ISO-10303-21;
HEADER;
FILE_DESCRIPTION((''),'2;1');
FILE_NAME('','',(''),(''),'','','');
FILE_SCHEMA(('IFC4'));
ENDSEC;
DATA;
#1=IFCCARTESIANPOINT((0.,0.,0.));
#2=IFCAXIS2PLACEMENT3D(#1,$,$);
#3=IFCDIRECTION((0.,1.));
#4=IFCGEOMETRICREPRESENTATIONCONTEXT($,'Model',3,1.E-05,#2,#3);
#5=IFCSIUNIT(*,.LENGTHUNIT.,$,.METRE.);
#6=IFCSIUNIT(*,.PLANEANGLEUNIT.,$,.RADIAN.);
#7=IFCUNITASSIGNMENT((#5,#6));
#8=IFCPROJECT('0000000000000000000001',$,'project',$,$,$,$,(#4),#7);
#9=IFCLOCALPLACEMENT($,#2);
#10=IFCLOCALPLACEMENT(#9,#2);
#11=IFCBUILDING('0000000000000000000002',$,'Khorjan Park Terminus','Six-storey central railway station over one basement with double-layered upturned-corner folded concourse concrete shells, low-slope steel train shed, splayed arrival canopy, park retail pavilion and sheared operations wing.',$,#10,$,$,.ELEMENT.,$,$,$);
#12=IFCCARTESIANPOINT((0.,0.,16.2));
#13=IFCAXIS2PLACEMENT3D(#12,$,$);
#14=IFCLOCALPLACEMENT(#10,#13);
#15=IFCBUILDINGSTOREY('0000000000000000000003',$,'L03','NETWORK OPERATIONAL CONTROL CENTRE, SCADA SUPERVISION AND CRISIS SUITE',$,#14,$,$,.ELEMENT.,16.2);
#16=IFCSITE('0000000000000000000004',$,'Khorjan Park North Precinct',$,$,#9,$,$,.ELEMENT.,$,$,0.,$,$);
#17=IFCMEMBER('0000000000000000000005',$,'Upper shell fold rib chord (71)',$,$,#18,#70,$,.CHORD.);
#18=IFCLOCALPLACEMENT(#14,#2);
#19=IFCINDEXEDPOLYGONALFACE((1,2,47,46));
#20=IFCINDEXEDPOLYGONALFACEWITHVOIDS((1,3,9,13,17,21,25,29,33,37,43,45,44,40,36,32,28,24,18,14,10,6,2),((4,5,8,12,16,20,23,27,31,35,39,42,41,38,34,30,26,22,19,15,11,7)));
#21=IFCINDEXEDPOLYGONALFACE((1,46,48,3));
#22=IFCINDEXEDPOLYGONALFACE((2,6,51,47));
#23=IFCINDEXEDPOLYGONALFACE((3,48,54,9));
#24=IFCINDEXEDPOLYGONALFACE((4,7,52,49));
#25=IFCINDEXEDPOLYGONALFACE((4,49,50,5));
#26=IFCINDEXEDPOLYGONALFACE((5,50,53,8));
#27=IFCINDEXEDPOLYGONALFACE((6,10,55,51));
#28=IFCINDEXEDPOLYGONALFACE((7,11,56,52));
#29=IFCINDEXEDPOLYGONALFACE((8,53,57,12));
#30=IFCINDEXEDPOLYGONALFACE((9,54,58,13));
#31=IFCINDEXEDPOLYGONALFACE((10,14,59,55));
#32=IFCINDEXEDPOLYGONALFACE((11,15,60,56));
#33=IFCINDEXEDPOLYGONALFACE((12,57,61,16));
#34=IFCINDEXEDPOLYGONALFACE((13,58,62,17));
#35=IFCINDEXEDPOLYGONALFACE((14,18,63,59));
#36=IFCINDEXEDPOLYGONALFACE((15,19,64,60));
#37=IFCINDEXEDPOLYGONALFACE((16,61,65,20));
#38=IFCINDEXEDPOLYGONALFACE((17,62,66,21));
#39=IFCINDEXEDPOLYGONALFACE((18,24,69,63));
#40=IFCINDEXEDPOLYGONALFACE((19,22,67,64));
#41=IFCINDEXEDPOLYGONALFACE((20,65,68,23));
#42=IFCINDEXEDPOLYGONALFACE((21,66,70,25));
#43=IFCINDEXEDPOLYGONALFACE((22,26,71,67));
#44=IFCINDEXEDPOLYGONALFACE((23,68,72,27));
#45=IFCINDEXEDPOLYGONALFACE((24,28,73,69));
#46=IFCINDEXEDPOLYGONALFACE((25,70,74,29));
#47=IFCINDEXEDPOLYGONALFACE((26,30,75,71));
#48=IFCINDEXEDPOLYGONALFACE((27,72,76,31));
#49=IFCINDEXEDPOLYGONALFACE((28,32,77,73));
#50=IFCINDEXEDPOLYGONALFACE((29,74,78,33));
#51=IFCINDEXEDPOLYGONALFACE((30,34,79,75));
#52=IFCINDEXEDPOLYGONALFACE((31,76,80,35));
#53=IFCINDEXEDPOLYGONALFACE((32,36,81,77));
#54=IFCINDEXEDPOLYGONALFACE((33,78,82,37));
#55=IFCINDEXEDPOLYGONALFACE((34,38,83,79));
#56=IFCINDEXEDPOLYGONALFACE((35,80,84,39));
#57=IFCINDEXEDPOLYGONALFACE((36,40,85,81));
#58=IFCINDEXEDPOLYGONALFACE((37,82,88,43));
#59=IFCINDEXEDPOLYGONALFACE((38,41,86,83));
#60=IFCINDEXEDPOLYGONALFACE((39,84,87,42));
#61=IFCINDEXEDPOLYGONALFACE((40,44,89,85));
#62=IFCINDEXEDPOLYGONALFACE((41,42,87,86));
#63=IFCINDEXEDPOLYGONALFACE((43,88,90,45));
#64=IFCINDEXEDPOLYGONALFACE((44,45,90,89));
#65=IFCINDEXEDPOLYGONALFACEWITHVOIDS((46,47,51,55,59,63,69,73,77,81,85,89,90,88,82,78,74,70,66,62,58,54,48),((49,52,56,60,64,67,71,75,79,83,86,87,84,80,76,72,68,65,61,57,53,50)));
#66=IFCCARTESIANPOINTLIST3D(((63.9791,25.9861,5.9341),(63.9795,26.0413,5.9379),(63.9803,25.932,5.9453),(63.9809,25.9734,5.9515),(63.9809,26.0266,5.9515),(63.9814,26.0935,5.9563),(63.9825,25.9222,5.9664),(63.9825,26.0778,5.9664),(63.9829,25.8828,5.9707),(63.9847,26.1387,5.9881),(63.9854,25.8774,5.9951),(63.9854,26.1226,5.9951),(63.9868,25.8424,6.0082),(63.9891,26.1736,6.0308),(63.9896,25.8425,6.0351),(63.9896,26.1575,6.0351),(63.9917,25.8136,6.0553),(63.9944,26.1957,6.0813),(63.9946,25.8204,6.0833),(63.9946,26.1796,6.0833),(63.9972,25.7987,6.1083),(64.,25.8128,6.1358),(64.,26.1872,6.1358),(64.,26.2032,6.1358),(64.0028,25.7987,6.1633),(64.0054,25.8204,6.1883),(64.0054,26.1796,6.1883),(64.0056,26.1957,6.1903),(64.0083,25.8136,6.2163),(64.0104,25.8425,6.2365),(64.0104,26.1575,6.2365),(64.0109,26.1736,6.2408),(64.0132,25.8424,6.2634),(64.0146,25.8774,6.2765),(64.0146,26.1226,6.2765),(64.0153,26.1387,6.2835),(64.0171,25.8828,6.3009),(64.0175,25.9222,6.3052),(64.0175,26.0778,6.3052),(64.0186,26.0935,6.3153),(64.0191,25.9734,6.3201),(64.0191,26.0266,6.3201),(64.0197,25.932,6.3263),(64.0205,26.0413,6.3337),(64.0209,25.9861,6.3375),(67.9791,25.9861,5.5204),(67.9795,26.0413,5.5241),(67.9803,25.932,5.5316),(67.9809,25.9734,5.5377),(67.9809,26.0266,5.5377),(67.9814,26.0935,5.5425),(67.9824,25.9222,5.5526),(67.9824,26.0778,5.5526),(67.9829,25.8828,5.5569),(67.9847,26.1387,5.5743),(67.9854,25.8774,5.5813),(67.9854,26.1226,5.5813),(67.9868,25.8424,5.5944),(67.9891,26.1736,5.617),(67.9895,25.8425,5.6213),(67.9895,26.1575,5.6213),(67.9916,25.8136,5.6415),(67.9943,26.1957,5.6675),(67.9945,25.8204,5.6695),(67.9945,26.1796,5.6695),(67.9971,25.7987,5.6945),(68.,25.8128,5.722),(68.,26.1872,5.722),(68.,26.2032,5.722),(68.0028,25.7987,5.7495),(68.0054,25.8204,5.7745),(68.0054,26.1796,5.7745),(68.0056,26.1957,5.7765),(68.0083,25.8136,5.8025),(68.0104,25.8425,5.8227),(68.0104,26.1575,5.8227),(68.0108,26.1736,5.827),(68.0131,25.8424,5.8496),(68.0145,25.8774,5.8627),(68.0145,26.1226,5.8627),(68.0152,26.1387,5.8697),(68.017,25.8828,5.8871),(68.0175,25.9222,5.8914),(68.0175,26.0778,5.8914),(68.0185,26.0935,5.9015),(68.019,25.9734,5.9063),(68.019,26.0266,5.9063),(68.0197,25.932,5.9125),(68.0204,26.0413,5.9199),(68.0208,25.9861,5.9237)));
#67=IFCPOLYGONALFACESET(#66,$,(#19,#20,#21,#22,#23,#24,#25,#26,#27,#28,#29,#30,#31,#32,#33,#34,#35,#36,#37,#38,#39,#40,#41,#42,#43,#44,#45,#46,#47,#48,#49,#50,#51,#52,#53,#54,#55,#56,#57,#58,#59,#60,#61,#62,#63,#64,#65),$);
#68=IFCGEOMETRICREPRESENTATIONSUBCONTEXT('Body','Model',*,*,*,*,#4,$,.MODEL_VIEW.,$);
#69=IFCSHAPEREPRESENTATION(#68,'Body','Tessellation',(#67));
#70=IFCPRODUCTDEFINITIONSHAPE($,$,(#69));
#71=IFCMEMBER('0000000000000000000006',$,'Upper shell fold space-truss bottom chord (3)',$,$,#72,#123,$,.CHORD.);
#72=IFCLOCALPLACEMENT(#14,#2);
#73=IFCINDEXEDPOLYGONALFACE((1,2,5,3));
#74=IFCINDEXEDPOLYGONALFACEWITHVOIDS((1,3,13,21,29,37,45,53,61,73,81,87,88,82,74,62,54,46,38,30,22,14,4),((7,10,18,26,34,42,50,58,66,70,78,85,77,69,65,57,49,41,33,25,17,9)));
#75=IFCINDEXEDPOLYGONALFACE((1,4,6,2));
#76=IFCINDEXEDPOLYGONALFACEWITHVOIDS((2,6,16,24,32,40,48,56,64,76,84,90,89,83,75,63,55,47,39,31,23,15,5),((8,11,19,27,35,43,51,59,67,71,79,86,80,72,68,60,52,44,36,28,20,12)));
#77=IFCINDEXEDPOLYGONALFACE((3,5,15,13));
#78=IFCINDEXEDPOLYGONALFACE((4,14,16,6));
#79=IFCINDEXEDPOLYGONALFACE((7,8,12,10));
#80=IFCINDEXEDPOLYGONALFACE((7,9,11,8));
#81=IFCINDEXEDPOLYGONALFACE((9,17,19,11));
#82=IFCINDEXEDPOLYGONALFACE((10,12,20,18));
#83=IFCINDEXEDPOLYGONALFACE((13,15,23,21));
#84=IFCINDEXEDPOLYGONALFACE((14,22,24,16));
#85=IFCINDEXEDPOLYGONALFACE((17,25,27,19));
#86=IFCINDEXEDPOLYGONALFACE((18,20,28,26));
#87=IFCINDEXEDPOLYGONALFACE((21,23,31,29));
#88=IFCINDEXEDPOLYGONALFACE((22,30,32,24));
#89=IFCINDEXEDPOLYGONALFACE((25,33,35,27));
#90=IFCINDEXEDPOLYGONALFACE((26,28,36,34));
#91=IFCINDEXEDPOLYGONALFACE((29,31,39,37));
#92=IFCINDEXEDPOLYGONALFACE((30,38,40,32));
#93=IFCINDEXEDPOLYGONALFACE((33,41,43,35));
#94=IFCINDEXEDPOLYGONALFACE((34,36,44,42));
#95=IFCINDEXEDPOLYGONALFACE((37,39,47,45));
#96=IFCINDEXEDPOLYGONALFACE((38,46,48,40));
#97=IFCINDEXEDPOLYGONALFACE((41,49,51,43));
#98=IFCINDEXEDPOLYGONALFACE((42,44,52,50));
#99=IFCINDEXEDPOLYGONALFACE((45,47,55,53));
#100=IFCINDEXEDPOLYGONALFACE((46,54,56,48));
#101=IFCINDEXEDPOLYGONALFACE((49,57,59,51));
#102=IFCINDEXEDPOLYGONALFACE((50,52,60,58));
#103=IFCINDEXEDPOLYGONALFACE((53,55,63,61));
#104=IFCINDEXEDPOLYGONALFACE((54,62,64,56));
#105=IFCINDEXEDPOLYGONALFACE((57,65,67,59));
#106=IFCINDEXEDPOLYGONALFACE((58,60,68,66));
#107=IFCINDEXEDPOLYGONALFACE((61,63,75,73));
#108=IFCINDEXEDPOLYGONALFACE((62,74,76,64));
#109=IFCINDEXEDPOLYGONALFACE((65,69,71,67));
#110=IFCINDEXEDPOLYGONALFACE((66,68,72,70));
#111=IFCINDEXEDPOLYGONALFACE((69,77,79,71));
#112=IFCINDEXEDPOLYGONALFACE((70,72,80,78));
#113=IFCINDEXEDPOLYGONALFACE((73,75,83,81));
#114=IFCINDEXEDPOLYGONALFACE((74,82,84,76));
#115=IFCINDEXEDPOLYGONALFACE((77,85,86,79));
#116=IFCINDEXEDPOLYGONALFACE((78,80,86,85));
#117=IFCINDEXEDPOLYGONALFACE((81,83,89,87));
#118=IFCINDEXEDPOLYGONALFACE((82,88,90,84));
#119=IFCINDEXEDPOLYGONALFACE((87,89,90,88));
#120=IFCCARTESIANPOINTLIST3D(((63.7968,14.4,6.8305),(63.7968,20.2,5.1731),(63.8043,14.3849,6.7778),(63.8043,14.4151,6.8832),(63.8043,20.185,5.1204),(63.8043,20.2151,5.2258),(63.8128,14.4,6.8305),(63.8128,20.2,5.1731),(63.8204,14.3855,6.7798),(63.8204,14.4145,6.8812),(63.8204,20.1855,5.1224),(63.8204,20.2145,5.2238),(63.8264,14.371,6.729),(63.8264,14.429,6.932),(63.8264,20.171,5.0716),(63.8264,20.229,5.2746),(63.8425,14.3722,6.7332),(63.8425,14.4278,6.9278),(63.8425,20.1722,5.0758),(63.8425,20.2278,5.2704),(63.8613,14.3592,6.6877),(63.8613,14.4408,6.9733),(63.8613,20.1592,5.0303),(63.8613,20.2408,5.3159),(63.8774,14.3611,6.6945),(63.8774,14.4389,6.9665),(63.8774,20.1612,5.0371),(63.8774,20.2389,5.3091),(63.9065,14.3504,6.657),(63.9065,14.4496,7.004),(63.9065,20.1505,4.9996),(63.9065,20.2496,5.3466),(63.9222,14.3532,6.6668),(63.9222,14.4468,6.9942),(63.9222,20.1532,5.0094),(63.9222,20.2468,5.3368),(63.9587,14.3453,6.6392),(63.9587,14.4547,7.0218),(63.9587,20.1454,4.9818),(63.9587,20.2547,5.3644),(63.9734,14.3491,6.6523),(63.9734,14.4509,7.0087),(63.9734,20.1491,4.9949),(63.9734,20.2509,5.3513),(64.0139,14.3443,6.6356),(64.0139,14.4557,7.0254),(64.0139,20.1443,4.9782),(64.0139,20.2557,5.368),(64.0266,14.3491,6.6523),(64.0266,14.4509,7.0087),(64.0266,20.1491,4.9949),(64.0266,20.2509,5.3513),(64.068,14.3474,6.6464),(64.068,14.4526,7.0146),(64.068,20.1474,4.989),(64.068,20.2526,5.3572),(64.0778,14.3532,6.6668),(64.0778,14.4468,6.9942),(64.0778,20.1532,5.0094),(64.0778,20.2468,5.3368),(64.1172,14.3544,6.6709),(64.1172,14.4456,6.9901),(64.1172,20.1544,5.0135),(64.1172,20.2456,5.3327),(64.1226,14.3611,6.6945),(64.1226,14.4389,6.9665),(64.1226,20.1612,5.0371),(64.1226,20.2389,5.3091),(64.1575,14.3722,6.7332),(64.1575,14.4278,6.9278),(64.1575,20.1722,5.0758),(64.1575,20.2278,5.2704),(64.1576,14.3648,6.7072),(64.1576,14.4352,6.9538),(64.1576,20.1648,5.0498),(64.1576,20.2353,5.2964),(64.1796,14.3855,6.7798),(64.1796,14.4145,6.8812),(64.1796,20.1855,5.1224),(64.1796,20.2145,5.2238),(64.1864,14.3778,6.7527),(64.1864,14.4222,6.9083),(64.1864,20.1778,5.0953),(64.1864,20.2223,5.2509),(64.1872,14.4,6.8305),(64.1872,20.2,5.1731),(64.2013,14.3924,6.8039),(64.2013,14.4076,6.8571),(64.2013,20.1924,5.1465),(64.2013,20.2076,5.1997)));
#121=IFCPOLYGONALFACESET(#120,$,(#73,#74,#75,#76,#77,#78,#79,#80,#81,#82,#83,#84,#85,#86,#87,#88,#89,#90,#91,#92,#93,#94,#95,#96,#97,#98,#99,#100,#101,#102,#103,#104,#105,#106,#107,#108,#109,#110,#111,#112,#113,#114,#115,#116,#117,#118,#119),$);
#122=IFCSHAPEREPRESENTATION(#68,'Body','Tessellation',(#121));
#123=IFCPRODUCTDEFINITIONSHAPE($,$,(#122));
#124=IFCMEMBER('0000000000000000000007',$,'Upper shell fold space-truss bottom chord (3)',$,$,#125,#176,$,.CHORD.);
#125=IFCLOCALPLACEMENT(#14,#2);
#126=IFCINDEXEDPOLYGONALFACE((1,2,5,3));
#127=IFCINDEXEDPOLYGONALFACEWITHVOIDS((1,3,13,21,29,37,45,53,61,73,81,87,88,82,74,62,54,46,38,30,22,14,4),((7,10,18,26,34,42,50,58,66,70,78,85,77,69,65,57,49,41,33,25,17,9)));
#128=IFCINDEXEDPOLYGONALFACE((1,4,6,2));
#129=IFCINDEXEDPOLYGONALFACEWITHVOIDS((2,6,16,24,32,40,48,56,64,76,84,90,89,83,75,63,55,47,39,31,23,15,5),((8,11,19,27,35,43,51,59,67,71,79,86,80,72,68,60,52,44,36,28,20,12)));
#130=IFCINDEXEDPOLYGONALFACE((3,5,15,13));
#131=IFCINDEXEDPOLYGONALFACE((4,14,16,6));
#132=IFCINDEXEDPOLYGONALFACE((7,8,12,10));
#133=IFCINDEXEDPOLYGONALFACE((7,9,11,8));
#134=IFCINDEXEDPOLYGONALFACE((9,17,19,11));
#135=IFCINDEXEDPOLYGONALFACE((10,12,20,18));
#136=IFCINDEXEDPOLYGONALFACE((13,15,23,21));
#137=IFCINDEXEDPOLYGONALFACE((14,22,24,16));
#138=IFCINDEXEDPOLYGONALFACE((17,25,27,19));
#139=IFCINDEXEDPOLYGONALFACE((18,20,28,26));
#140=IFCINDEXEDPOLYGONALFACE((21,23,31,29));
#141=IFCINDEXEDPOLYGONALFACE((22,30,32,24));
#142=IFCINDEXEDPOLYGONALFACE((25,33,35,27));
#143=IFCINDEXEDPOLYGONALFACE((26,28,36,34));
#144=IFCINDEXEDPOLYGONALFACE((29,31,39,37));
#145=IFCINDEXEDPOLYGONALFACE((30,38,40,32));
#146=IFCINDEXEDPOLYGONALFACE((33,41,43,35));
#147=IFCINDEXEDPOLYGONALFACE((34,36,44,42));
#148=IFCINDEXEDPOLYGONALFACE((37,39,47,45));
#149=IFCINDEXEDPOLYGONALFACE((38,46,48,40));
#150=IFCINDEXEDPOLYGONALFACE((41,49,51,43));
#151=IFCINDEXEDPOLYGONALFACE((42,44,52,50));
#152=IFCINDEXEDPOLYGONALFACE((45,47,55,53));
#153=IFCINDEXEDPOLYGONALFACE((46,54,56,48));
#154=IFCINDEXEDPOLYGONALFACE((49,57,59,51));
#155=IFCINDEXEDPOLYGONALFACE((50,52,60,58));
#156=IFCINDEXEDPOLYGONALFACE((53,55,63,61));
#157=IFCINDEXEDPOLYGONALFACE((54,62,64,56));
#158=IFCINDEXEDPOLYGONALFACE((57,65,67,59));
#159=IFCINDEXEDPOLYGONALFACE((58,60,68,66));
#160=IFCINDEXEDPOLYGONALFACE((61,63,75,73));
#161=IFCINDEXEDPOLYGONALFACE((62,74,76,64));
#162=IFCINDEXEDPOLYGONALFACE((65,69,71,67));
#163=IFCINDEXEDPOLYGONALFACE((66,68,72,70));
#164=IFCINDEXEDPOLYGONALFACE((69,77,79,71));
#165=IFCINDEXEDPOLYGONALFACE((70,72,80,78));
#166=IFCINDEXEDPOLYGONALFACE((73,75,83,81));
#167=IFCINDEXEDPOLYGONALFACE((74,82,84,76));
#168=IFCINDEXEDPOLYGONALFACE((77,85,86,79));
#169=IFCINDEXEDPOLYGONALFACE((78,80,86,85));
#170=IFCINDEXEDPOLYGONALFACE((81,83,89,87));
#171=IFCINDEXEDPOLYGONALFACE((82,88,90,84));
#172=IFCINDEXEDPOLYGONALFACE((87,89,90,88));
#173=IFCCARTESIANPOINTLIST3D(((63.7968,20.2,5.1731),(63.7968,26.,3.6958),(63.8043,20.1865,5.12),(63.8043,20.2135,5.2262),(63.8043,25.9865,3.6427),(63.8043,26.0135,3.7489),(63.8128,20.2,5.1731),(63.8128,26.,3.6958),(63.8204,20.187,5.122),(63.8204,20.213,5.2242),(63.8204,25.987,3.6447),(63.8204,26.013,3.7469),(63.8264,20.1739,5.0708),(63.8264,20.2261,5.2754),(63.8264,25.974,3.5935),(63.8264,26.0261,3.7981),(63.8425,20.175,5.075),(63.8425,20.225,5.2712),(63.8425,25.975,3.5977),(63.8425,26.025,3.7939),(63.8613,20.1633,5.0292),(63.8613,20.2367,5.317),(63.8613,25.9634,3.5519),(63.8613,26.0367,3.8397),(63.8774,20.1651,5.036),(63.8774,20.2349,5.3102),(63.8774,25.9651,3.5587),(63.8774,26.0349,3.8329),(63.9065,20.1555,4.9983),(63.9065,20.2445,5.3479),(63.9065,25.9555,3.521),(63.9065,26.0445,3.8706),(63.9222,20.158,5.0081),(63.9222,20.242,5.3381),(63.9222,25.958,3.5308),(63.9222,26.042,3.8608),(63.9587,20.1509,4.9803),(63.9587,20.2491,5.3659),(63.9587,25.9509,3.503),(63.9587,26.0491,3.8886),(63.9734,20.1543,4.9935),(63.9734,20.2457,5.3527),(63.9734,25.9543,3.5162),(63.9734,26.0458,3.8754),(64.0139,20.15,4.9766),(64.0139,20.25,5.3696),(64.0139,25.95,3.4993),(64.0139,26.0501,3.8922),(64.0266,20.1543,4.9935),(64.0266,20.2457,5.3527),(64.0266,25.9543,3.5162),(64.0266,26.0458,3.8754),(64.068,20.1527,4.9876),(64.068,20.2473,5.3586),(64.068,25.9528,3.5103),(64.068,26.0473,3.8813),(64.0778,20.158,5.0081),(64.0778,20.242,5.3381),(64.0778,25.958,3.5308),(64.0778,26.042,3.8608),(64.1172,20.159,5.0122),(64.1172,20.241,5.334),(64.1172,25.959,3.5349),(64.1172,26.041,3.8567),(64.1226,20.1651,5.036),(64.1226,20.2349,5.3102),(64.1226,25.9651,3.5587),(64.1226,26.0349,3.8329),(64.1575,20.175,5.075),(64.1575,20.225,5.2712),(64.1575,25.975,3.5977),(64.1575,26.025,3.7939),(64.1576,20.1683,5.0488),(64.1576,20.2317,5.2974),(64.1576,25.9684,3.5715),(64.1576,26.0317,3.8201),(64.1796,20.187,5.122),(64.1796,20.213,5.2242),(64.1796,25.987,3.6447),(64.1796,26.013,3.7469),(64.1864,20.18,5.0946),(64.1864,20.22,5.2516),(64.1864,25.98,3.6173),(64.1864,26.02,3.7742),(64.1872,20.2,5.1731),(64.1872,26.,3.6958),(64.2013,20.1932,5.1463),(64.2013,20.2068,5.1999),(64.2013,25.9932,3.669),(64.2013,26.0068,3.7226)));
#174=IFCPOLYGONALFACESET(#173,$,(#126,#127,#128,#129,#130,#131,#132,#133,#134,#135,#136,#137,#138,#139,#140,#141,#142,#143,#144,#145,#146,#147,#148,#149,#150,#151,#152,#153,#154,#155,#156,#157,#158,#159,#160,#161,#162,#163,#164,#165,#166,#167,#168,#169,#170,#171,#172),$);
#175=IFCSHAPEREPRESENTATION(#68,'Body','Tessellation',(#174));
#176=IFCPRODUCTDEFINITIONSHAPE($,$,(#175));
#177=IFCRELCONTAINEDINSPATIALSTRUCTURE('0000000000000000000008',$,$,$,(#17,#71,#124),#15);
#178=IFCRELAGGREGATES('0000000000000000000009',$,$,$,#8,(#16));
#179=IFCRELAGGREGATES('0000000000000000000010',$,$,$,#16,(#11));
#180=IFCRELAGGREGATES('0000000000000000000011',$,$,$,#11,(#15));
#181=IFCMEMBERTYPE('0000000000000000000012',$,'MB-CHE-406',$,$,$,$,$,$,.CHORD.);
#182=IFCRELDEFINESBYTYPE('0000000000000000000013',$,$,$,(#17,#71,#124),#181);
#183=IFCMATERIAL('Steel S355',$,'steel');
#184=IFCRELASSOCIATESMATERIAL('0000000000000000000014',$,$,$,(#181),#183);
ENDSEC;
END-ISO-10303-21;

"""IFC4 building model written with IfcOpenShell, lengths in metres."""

from ifc_helpers import new_model, si_unit, direction, frame, origin, origin_2d, place, context, subcontext, project, spatial, hollow_circle, extrude, material, material_profile, profile_set, type_object, element, save


model = new_model("IFC4")

# Units and contexts
model_context = context("Model", 3, precision=1e-05, world=origin(), true_north=direction((0.0, 1.0)))
body_context = subcontext(model_context, "Body", "Model", "MODEL_VIEW")
ifc_project = project(units=[si_unit("LENGTHUNIT", "METRE"), si_unit("PLANEANGLEUNIT", "RADIAN")], contexts=[model_context])

# Site, building, storey
site_placement = place(None, origin())
site = spatial("IfcSite", under=ifc_project, at=site_placement, Name="Khorjan Park North Precinct", CompositionType="ELEMENT", RefElevation=0.0)
building_placement = place(site_placement, origin())
building = spatial("IfcBuilding", under=site, at=building_placement, Name="Khorjan Park Terminus", Description="Six-storey central railway station over one basement with double-layered upturned-corner folded concourse concrete shells, low-slope steel train shed, splayed arrival canopy, park retail pavilion and sheared operations wing.", CompositionType="ELEMENT")
storey_placement = place(building_placement, frame((0.0, 0.0, 16.2)))
storey = spatial("IfcBuildingStorey", under=building, at=storey_placement, Name="L03", Description="NETWORK OPERATIONAL CONTROL CENTRE, SCADA SUPERVISION AND CRISIS SUITE", CompositionType="ELEMENT", Elevation=16.2)

# Members
ifc_material_1 = material(Name="Steel S355", Category="steel")
ifc_material_profile_1 = material_profile(ifc_material_1, hollow_circle(Radius=0.2032, WallThickness=0.016, at=origin_2d()), Name="CHS 406.4x16")
ifc_profile_set_1 = profile_set([ifc_material_profile_1], Name="Steel S355")
member_type_1 = type_object("IfcMemberType", Name="MB-CHE-406", PredefinedType="CHORD", material=ifc_profile_set_1)
member_1_placement = place(storey_placement, frame((64.0, 26.0, 6.1358), z_axis=(0.994692, 0.0, -0.102901), x_axis=(0.0, 1.0, 0.0)))
element("IfcMember", 1, at=member_1_placement, inside=storey, type_object=member_type_1, Name="Upper shell fold rib chord (71)", PredefinedType="CHORD", context=body_context, shape_type="SweptSolid", body=[
    extrude(hollow_circle(Radius=0.2032, WallThickness=0.016, at=origin_2d()), origin(), (0.0, 0.0, 1.0), 4.0213),
])
member_2_placement = place(storey_placement, frame((64.0, 14.4, 6.8305), z_axis=(0.0, 0.961513, -0.274761), x_axis=(-1.0, 0.0, 0.0)))
element("IfcMember", 2, at=member_2_placement, inside=storey, type_object=member_type_1, Name="Upper shell fold space-truss bottom chord (3)", PredefinedType="CHORD", context=body_context, shape_type="SweptSolid", body=[
    extrude(hollow_circle(Radius=0.2032, WallThickness=0.016, at=origin_2d()), origin(), (0.0, 0.0, 1.0), 6.0322),
])
member_3_placement = place(storey_placement, frame((64.0, 20.2, 5.1731), z_axis=(0.0, 0.96906, -0.246826), x_axis=(-1.0, 0.0, 0.0)))
element("IfcMember", 3, at=member_3_placement, inside=storey, type_object=member_type_1, Name="Upper shell fold space-truss bottom chord (3)", PredefinedType="CHORD", context=body_context, shape_type="SweptSolid", body=[
    extrude(hollow_circle(Radius=0.2032, WallThickness=0.016, at=origin_2d()), origin(), (0.0, 0.0, 1.0), 5.9852),
])

save(model, "model.ifc")
